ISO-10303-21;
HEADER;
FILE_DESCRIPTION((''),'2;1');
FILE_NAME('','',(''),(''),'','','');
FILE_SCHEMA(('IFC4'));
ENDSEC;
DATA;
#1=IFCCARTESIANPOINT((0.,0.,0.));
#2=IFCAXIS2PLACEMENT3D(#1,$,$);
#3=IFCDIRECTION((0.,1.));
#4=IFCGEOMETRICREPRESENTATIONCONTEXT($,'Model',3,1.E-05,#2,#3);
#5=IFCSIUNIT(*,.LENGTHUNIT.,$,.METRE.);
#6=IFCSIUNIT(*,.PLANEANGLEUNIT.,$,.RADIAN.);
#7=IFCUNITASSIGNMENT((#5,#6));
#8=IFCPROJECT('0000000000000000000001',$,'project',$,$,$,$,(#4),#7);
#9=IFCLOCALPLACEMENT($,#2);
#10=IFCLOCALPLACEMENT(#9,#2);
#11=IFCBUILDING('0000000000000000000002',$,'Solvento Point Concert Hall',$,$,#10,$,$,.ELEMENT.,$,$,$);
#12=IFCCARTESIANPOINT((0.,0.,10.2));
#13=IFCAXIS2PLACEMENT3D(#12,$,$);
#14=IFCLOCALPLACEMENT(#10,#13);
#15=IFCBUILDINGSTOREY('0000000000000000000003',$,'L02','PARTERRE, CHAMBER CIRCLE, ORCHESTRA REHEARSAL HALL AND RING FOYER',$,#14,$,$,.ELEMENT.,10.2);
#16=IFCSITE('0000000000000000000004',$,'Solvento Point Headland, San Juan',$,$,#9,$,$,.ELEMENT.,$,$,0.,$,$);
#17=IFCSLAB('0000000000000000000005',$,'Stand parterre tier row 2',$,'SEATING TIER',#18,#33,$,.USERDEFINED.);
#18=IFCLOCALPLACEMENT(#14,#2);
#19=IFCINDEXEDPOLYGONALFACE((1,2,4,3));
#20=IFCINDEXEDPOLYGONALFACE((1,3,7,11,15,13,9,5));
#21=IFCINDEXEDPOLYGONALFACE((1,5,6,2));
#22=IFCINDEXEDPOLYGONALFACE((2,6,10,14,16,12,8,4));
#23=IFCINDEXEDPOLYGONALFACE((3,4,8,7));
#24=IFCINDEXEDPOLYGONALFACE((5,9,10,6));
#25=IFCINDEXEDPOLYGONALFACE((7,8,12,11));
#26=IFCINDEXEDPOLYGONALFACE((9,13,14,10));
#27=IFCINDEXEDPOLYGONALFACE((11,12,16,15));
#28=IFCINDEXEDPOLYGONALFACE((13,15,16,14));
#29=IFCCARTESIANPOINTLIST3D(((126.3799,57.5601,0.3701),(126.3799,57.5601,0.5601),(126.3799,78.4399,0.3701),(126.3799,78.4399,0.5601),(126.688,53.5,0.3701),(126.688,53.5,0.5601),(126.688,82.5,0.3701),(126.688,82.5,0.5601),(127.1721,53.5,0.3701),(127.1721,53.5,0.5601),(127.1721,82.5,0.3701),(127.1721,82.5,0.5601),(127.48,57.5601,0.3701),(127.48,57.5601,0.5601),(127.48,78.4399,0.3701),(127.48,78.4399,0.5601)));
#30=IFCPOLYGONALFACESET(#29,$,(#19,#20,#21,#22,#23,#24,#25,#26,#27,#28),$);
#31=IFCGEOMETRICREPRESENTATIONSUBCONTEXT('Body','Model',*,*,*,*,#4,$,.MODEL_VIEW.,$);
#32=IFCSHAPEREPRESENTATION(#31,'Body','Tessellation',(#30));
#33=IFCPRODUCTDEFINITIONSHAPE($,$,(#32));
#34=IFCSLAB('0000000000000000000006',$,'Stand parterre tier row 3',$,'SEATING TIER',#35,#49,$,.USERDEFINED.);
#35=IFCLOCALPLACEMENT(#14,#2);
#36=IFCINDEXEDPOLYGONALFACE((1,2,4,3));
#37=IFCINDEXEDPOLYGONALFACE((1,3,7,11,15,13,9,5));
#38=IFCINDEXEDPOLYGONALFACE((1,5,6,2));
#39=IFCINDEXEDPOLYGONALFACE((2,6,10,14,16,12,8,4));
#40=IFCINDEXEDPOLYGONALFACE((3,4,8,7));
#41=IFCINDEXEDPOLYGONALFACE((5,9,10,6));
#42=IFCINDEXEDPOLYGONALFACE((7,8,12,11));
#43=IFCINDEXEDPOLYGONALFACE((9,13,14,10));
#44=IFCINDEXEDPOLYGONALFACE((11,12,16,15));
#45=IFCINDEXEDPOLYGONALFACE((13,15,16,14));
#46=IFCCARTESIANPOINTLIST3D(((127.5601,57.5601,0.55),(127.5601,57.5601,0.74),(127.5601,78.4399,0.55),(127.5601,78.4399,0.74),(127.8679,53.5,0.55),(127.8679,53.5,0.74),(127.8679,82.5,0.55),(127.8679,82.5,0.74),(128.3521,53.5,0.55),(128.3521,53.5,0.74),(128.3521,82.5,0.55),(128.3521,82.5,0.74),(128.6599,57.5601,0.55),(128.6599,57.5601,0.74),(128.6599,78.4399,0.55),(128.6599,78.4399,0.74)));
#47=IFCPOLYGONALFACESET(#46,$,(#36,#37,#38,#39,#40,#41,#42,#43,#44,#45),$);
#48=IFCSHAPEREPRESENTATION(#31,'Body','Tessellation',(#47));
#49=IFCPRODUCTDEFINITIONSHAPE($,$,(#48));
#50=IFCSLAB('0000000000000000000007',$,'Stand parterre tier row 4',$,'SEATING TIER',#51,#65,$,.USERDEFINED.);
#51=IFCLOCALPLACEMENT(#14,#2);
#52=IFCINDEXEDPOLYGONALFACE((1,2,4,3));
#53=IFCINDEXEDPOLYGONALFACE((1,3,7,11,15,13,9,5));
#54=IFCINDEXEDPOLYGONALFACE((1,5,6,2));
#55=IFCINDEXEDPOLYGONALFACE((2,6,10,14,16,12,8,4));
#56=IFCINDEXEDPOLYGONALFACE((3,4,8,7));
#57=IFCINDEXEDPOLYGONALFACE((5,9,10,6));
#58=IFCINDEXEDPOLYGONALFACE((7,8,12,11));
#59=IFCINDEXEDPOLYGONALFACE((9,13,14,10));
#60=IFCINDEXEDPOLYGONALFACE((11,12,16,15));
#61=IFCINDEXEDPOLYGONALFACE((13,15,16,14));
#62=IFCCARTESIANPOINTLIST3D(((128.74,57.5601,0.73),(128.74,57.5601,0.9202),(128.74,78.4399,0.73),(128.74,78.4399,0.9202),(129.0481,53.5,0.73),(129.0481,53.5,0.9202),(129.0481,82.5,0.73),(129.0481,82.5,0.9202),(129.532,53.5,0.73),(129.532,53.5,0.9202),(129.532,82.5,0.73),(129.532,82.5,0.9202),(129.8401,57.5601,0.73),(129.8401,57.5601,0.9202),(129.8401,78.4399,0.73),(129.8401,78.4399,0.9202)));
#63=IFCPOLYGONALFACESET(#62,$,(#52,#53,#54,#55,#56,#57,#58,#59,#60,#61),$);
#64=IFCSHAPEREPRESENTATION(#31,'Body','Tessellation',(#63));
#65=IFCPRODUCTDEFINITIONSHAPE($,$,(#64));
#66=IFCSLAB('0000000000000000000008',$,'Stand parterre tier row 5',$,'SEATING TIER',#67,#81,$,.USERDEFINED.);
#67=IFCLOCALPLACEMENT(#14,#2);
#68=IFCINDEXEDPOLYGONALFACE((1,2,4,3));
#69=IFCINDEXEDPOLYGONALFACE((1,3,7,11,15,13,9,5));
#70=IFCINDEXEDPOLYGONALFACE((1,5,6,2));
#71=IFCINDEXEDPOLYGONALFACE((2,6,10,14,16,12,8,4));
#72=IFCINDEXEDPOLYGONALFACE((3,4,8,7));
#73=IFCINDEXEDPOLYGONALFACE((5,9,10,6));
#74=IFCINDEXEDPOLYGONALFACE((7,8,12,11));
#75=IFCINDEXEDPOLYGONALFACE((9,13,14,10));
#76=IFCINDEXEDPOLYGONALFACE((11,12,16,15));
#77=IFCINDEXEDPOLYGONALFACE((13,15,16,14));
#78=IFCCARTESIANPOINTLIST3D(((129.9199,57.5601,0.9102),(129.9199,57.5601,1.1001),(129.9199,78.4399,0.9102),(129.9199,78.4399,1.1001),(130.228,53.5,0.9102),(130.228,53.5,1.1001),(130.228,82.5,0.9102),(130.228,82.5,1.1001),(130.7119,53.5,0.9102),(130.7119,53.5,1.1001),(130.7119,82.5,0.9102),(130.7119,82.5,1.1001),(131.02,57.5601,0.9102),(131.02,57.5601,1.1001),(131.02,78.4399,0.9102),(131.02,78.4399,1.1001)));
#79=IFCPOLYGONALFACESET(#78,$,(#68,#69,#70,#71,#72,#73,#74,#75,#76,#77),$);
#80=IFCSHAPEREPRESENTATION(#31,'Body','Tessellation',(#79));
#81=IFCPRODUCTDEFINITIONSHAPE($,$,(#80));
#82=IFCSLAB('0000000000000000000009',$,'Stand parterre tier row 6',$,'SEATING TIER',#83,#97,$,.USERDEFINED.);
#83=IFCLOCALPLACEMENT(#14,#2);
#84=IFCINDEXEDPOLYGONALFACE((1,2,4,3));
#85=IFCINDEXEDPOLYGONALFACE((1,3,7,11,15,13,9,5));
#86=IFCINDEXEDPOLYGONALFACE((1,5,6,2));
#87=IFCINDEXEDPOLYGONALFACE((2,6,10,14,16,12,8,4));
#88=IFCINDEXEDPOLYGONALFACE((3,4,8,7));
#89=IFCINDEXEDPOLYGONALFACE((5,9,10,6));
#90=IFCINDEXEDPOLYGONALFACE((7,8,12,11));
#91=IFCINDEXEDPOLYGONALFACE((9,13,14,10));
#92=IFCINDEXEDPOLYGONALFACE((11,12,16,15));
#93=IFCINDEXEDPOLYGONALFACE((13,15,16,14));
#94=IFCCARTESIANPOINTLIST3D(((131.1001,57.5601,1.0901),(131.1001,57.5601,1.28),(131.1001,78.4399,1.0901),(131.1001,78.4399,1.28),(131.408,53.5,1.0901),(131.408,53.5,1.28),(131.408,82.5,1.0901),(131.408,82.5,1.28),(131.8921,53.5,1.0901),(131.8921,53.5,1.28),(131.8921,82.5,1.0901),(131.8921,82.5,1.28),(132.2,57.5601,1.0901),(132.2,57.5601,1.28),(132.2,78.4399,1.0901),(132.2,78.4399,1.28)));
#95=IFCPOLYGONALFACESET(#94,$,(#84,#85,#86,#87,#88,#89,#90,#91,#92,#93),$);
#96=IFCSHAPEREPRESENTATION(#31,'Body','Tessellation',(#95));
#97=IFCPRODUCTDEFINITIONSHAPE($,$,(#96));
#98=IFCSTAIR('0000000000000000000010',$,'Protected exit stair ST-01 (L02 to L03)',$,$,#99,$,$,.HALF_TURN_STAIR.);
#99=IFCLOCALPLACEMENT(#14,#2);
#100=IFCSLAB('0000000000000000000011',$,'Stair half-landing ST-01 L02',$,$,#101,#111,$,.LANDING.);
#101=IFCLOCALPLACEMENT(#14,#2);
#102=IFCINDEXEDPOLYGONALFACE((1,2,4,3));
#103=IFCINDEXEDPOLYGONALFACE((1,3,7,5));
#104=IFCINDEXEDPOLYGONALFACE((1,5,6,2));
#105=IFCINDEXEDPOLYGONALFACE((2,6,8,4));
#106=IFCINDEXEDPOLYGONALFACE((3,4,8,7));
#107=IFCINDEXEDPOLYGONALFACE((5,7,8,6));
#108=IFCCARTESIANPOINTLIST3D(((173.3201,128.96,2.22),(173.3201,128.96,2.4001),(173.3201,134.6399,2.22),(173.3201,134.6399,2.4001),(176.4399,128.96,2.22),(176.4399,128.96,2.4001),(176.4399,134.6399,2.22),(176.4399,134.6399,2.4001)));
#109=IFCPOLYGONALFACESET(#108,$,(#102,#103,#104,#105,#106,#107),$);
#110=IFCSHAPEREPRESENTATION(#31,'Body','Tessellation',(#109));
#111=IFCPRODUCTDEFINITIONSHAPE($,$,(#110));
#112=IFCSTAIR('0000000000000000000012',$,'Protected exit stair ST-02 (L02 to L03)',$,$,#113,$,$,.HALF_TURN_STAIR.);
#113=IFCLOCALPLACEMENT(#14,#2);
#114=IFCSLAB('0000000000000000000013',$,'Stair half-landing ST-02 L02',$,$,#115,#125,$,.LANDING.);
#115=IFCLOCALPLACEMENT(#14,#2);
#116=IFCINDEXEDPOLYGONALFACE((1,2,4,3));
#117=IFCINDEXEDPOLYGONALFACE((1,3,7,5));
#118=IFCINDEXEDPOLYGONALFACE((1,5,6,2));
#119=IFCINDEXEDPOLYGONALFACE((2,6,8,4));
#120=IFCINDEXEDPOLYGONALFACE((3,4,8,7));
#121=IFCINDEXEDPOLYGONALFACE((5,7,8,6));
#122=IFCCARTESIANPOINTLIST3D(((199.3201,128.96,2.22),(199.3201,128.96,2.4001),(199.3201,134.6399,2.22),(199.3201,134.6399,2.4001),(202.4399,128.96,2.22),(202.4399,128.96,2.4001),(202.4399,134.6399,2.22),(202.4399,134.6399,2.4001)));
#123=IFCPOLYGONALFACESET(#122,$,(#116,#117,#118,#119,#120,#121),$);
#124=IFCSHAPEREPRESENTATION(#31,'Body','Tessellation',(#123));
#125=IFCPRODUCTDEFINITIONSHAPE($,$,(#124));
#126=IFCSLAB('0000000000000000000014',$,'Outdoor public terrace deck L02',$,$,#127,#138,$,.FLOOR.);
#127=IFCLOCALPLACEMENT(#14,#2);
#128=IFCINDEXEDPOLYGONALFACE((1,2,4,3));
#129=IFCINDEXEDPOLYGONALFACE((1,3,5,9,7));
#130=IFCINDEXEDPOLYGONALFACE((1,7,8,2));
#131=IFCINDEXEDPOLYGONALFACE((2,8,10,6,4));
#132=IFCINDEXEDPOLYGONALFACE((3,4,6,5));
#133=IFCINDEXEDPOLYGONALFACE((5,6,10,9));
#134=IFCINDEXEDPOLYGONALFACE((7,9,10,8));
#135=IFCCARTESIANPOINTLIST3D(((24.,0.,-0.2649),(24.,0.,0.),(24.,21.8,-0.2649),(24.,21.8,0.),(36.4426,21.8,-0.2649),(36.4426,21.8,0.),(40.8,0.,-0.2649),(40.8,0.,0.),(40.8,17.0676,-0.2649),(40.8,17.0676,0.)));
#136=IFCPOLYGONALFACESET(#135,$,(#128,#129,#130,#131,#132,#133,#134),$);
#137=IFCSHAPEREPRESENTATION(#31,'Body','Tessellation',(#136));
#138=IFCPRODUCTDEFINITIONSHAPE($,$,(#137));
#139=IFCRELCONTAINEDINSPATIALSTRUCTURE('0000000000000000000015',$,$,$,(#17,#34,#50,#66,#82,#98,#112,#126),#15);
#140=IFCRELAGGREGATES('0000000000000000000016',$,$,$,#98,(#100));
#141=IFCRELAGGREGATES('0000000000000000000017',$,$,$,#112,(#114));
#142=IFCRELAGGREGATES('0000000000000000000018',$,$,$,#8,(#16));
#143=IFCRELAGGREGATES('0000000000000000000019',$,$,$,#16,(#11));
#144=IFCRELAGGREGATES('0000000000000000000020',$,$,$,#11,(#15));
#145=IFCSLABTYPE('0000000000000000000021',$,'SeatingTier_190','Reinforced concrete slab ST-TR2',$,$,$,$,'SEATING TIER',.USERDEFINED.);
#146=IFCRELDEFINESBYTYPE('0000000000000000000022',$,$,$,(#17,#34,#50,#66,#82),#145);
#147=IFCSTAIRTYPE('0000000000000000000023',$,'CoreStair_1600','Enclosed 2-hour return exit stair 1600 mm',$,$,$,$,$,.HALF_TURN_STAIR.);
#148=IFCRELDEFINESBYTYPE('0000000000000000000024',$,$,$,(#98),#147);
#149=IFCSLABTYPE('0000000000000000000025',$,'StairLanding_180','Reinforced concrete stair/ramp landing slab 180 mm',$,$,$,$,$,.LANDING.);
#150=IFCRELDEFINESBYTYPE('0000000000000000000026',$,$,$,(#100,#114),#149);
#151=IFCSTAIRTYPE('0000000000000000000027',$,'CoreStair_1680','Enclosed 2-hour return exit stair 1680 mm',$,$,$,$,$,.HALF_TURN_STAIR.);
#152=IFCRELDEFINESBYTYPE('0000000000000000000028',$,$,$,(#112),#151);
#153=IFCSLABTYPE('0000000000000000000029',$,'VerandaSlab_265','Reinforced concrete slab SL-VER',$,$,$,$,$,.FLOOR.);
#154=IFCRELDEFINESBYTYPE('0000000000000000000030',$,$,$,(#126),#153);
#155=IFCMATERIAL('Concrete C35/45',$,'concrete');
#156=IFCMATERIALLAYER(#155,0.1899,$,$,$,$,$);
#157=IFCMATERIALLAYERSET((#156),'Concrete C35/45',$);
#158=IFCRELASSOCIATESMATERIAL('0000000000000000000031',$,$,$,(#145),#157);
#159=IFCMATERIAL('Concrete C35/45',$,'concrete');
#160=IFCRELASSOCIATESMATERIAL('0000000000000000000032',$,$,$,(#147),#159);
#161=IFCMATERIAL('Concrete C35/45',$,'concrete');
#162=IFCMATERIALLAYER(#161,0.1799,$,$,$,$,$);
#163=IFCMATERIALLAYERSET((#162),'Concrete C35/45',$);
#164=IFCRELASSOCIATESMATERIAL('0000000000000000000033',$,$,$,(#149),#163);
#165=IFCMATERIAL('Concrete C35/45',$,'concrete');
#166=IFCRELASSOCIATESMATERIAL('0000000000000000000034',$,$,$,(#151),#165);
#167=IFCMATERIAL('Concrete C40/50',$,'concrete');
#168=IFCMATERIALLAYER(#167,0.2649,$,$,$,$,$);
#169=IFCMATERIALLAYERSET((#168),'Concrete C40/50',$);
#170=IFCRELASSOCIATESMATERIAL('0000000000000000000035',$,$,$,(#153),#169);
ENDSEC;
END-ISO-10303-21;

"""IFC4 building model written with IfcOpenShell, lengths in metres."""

from ifc_helpers import new_model, si_unit, direction, frame, origin, place, context, subcontext, project, spatial, polyline, outline, extrude, material, layer, layer_set, type_object, element, aggregate, save


model = new_model("IFC4")

# Units and contexts
model_context = context("Model", 3, precision=1e-05, world=origin(), true_north=direction((0.0, 1.0)))
body_context = subcontext(model_context, "Body", "Model", "MODEL_VIEW")
ifc_project = project(units=[si_unit("LENGTHUNIT", "METRE"), si_unit("PLANEANGLEUNIT", "RADIAN")], contexts=[model_context])

# Site, building, storey
site_placement = place(None, origin())
site = spatial("IfcSite", under=ifc_project, at=site_placement, Name="Solvento Point Headland, San Juan", CompositionType="ELEMENT", RefElevation=0.0)
building_placement = place(site_placement, origin())
building = spatial("IfcBuilding", under=site, at=building_placement, Name="Solvento Point Concert Hall", CompositionType="ELEMENT")
storey_placement = place(building_placement, frame((0.0, 0.0, 10.2)))
storey = spatial("IfcBuildingStorey", under=building, at=storey_placement, Name="L02", Description="PARTERRE, CHAMBER CIRCLE, ORCHESTRA REHEARSAL HALL AND RING FOYER", CompositionType="ELEMENT", Elevation=10.2)

# Slabs
ifc_material_1 = material(Name="Concrete C35/45", Category="concrete")
ifc_layer_1 = layer(ifc_material_1, 0.1899)
ifc_layer_set_1 = layer_set([ifc_layer_1], Name="Concrete C35/45")
slab_type_1 = type_object("IfcSlabType", Name="SeatingTier_190", Description="Reinforced concrete slab ST-TR2", ElementType="SEATING TIER", PredefinedType="USERDEFINED", material=ifc_layer_set_1)
slab_1_placement = place(storey_placement, frame((0.0, 0.0, 0.3701)))
element("IfcSlab", 1, at=slab_1_placement, inside=storey, type_object=slab_type_1, Name="Stand parterre tier row 2", ObjectType="SEATING TIER", PredefinedType="USERDEFINED", context=body_context, shape_type="SweptSolid", body=[
    extrude(outline(polyline([(126.688, 53.5), (127.1721, 53.5), (127.48, 57.5601), (127.48, 78.4399), (127.1721, 82.5), (126.688, 82.5), (126.3799, 78.4399), (126.3799, 57.5601), (126.688, 53.5)])), origin(), (0.0, 0.0, 1.0), 0.1899),
])
slab_2_placement = place(storey_placement, frame((0.0, 0.0, 0.55)))
element("IfcSlab", 2, at=slab_2_placement, inside=storey, type_object=slab_type_1, Name="Stand parterre tier row 3", ObjectType="SEATING TIER", PredefinedType="USERDEFINED", context=body_context, shape_type="SweptSolid", body=[
    extrude(outline(polyline([(127.8679, 53.5), (128.3521, 53.5), (128.6599, 57.5601), (128.6599, 78.4399), (128.3521, 82.5), (127.8679, 82.5), (127.5601, 78.4399), (127.5601, 57.5601), (127.8679, 53.5)])), origin(), (0.0, 0.0, 1.0), 0.1899),
])
slab_3_placement = place(storey_placement, frame((0.0, 0.0, 0.73)))
element("IfcSlab", 3, at=slab_3_placement, inside=storey, type_object=slab_type_1, Name="Stand parterre tier row 4", ObjectType="SEATING TIER", PredefinedType="USERDEFINED", context=body_context, shape_type="SweptSolid", body=[
    extrude(outline(polyline([(129.0481, 53.5), (129.532, 53.5), (129.8401, 57.5601), (129.8401, 78.4399), (129.532, 82.5), (129.0481, 82.5), (128.74, 78.4399), (128.74, 57.5601), (129.0481, 53.5)])), origin(), (0.0, 0.0, 1.0), 0.1902),
])
slab_4_placement = place(storey_placement, frame((0.0, 0.0, 0.9102)))
element("IfcSlab", 4, at=slab_4_placement, inside=storey, type_object=slab_type_1, Name="Stand parterre tier row 5", ObjectType="SEATING TIER", PredefinedType="USERDEFINED", context=body_context, shape_type="SweptSolid", body=[
    extrude(outline(polyline([(130.228, 53.5), (130.7119, 53.5), (131.02, 57.5601), (131.02, 78.4399), (130.7119, 82.5), (130.228, 82.5), (129.9199, 78.4399), (129.9199, 57.5601), (130.228, 53.5)])), origin(), (0.0, 0.0, 1.0), 0.1899),
])
slab_5_placement = place(storey_placement, frame((0.0, 0.0, 1.0901)))
element("IfcSlab", 5, at=slab_5_placement, inside=storey, type_object=slab_type_1, Name="Stand parterre tier row 6", ObjectType="SEATING TIER", PredefinedType="USERDEFINED", context=body_context, shape_type="SweptSolid", body=[
    extrude(outline(polyline([(131.408, 53.5), (131.8921, 53.5), (132.2, 57.5601), (132.2, 78.4399), (131.8921, 82.5), (131.408, 82.5), (131.1001, 78.4399), (131.1001, 57.5601), (131.408, 53.5)])), origin(), (0.0, 0.0, 1.0), 0.1899),
])

# Stairs, slabs
ifc_material_2 = material(Name="Concrete C35/45", Category="concrete")
stair_type_1 = type_object("IfcStairType", Name="CoreStair_1600", Description="Enclosed 2-hour return exit stair 1600 mm", PredefinedType="HALF_TURN_STAIR", material=ifc_material_2)
stair_1_placement = place(storey_placement, origin())
stair_1 = element("IfcStair", 6, at=stair_1_placement, inside=storey, type_object=stair_type_1, Name="Protected exit stair ST-01 (L02 to L03)", PredefinedType="HALF_TURN_STAIR")
ifc_material_3 = material(Name="Concrete C35/45", Category="concrete")
ifc_layer_2 = layer(ifc_material_3, 0.1799)
ifc_layer_set_2 = layer_set([ifc_layer_2], Name="Concrete C35/45")
slab_type_2 = type_object("IfcSlabType", Name="StairLanding_180", Description="Reinforced concrete stair/ramp landing slab 180 mm", PredefinedType="LANDING", material=ifc_layer_set_2)
slab_6_placement = place(storey_placement, frame((0.0, 0.0, 2.22)))
slab_6 = element("IfcSlab", 7, at=slab_6_placement, type_object=slab_type_2, Name="Stair half-landing ST-01 L02", PredefinedType="LANDING", context=body_context, shape_type="SweptSolid", body=[
    extrude(outline(polyline([(173.3201, 128.96), (176.4399, 128.96), (176.4399, 134.6399), (173.3201, 134.6399), (173.3201, 128.96)])), origin(), (0.0, 0.0, 1.0), 0.1802),
])
aggregate(stair_1, [slab_6])
ifc_material_4 = material(Name="Concrete C35/45", Category="concrete")
stair_type_2 = type_object("IfcStairType", Name="CoreStair_1680", Description="Enclosed 2-hour return exit stair 1680 mm", PredefinedType="HALF_TURN_STAIR", material=ifc_material_4)
stair_2_placement = place(storey_placement, origin())
stair_2 = element("IfcStair", 8, at=stair_2_placement, inside=storey, type_object=stair_type_2, Name="Protected exit stair ST-02 (L02 to L03)", PredefinedType="HALF_TURN_STAIR")
slab_7_placement = place(storey_placement, frame((0.0, 0.0, 2.22)))
slab_7 = element("IfcSlab", 9, at=slab_7_placement, type_object=slab_type_2, Name="Stair half-landing ST-02 L02", PredefinedType="LANDING", context=body_context, shape_type="SweptSolid", body=[
    extrude(outline(polyline([(199.3201, 128.96), (202.4399, 128.96), (202.4399, 134.6399), (199.3201, 134.6399), (199.3201, 128.96)])), origin(), (0.0, 0.0, 1.0), 0.1802),
])
aggregate(stair_2, [slab_7])

# Slab
ifc_material_5 = material(Name="Concrete C40/50", Category="concrete")
ifc_layer_3 = layer(ifc_material_5, 0.2649)
ifc_layer_set_3 = layer_set([ifc_layer_3], Name="Concrete C40/50")
slab_type_3 = type_object("IfcSlabType", Name="VerandaSlab_265", Description="Reinforced concrete slab SL-VER", PredefinedType="FLOOR", material=ifc_layer_set_3)
slab_8_placement = place(storey_placement, frame((0.0, 0.0, -0.2649)))
element("IfcSlab", 10, at=slab_8_placement, inside=storey, type_object=slab_type_3, Name="Outdoor public terrace deck L02", PredefinedType="FLOOR", context=body_context, shape_type="SweptSolid", body=[
    extrude(outline(polyline([(24.0, 0.0), (24.0, 21.8), (36.4426, 21.8), (40.8, 17.0676), (40.8, 0.0), (24.0, 0.0)])), origin(), (0.0, 0.0, 1.0), 0.2649),
])

save(model, "model.ifc")
